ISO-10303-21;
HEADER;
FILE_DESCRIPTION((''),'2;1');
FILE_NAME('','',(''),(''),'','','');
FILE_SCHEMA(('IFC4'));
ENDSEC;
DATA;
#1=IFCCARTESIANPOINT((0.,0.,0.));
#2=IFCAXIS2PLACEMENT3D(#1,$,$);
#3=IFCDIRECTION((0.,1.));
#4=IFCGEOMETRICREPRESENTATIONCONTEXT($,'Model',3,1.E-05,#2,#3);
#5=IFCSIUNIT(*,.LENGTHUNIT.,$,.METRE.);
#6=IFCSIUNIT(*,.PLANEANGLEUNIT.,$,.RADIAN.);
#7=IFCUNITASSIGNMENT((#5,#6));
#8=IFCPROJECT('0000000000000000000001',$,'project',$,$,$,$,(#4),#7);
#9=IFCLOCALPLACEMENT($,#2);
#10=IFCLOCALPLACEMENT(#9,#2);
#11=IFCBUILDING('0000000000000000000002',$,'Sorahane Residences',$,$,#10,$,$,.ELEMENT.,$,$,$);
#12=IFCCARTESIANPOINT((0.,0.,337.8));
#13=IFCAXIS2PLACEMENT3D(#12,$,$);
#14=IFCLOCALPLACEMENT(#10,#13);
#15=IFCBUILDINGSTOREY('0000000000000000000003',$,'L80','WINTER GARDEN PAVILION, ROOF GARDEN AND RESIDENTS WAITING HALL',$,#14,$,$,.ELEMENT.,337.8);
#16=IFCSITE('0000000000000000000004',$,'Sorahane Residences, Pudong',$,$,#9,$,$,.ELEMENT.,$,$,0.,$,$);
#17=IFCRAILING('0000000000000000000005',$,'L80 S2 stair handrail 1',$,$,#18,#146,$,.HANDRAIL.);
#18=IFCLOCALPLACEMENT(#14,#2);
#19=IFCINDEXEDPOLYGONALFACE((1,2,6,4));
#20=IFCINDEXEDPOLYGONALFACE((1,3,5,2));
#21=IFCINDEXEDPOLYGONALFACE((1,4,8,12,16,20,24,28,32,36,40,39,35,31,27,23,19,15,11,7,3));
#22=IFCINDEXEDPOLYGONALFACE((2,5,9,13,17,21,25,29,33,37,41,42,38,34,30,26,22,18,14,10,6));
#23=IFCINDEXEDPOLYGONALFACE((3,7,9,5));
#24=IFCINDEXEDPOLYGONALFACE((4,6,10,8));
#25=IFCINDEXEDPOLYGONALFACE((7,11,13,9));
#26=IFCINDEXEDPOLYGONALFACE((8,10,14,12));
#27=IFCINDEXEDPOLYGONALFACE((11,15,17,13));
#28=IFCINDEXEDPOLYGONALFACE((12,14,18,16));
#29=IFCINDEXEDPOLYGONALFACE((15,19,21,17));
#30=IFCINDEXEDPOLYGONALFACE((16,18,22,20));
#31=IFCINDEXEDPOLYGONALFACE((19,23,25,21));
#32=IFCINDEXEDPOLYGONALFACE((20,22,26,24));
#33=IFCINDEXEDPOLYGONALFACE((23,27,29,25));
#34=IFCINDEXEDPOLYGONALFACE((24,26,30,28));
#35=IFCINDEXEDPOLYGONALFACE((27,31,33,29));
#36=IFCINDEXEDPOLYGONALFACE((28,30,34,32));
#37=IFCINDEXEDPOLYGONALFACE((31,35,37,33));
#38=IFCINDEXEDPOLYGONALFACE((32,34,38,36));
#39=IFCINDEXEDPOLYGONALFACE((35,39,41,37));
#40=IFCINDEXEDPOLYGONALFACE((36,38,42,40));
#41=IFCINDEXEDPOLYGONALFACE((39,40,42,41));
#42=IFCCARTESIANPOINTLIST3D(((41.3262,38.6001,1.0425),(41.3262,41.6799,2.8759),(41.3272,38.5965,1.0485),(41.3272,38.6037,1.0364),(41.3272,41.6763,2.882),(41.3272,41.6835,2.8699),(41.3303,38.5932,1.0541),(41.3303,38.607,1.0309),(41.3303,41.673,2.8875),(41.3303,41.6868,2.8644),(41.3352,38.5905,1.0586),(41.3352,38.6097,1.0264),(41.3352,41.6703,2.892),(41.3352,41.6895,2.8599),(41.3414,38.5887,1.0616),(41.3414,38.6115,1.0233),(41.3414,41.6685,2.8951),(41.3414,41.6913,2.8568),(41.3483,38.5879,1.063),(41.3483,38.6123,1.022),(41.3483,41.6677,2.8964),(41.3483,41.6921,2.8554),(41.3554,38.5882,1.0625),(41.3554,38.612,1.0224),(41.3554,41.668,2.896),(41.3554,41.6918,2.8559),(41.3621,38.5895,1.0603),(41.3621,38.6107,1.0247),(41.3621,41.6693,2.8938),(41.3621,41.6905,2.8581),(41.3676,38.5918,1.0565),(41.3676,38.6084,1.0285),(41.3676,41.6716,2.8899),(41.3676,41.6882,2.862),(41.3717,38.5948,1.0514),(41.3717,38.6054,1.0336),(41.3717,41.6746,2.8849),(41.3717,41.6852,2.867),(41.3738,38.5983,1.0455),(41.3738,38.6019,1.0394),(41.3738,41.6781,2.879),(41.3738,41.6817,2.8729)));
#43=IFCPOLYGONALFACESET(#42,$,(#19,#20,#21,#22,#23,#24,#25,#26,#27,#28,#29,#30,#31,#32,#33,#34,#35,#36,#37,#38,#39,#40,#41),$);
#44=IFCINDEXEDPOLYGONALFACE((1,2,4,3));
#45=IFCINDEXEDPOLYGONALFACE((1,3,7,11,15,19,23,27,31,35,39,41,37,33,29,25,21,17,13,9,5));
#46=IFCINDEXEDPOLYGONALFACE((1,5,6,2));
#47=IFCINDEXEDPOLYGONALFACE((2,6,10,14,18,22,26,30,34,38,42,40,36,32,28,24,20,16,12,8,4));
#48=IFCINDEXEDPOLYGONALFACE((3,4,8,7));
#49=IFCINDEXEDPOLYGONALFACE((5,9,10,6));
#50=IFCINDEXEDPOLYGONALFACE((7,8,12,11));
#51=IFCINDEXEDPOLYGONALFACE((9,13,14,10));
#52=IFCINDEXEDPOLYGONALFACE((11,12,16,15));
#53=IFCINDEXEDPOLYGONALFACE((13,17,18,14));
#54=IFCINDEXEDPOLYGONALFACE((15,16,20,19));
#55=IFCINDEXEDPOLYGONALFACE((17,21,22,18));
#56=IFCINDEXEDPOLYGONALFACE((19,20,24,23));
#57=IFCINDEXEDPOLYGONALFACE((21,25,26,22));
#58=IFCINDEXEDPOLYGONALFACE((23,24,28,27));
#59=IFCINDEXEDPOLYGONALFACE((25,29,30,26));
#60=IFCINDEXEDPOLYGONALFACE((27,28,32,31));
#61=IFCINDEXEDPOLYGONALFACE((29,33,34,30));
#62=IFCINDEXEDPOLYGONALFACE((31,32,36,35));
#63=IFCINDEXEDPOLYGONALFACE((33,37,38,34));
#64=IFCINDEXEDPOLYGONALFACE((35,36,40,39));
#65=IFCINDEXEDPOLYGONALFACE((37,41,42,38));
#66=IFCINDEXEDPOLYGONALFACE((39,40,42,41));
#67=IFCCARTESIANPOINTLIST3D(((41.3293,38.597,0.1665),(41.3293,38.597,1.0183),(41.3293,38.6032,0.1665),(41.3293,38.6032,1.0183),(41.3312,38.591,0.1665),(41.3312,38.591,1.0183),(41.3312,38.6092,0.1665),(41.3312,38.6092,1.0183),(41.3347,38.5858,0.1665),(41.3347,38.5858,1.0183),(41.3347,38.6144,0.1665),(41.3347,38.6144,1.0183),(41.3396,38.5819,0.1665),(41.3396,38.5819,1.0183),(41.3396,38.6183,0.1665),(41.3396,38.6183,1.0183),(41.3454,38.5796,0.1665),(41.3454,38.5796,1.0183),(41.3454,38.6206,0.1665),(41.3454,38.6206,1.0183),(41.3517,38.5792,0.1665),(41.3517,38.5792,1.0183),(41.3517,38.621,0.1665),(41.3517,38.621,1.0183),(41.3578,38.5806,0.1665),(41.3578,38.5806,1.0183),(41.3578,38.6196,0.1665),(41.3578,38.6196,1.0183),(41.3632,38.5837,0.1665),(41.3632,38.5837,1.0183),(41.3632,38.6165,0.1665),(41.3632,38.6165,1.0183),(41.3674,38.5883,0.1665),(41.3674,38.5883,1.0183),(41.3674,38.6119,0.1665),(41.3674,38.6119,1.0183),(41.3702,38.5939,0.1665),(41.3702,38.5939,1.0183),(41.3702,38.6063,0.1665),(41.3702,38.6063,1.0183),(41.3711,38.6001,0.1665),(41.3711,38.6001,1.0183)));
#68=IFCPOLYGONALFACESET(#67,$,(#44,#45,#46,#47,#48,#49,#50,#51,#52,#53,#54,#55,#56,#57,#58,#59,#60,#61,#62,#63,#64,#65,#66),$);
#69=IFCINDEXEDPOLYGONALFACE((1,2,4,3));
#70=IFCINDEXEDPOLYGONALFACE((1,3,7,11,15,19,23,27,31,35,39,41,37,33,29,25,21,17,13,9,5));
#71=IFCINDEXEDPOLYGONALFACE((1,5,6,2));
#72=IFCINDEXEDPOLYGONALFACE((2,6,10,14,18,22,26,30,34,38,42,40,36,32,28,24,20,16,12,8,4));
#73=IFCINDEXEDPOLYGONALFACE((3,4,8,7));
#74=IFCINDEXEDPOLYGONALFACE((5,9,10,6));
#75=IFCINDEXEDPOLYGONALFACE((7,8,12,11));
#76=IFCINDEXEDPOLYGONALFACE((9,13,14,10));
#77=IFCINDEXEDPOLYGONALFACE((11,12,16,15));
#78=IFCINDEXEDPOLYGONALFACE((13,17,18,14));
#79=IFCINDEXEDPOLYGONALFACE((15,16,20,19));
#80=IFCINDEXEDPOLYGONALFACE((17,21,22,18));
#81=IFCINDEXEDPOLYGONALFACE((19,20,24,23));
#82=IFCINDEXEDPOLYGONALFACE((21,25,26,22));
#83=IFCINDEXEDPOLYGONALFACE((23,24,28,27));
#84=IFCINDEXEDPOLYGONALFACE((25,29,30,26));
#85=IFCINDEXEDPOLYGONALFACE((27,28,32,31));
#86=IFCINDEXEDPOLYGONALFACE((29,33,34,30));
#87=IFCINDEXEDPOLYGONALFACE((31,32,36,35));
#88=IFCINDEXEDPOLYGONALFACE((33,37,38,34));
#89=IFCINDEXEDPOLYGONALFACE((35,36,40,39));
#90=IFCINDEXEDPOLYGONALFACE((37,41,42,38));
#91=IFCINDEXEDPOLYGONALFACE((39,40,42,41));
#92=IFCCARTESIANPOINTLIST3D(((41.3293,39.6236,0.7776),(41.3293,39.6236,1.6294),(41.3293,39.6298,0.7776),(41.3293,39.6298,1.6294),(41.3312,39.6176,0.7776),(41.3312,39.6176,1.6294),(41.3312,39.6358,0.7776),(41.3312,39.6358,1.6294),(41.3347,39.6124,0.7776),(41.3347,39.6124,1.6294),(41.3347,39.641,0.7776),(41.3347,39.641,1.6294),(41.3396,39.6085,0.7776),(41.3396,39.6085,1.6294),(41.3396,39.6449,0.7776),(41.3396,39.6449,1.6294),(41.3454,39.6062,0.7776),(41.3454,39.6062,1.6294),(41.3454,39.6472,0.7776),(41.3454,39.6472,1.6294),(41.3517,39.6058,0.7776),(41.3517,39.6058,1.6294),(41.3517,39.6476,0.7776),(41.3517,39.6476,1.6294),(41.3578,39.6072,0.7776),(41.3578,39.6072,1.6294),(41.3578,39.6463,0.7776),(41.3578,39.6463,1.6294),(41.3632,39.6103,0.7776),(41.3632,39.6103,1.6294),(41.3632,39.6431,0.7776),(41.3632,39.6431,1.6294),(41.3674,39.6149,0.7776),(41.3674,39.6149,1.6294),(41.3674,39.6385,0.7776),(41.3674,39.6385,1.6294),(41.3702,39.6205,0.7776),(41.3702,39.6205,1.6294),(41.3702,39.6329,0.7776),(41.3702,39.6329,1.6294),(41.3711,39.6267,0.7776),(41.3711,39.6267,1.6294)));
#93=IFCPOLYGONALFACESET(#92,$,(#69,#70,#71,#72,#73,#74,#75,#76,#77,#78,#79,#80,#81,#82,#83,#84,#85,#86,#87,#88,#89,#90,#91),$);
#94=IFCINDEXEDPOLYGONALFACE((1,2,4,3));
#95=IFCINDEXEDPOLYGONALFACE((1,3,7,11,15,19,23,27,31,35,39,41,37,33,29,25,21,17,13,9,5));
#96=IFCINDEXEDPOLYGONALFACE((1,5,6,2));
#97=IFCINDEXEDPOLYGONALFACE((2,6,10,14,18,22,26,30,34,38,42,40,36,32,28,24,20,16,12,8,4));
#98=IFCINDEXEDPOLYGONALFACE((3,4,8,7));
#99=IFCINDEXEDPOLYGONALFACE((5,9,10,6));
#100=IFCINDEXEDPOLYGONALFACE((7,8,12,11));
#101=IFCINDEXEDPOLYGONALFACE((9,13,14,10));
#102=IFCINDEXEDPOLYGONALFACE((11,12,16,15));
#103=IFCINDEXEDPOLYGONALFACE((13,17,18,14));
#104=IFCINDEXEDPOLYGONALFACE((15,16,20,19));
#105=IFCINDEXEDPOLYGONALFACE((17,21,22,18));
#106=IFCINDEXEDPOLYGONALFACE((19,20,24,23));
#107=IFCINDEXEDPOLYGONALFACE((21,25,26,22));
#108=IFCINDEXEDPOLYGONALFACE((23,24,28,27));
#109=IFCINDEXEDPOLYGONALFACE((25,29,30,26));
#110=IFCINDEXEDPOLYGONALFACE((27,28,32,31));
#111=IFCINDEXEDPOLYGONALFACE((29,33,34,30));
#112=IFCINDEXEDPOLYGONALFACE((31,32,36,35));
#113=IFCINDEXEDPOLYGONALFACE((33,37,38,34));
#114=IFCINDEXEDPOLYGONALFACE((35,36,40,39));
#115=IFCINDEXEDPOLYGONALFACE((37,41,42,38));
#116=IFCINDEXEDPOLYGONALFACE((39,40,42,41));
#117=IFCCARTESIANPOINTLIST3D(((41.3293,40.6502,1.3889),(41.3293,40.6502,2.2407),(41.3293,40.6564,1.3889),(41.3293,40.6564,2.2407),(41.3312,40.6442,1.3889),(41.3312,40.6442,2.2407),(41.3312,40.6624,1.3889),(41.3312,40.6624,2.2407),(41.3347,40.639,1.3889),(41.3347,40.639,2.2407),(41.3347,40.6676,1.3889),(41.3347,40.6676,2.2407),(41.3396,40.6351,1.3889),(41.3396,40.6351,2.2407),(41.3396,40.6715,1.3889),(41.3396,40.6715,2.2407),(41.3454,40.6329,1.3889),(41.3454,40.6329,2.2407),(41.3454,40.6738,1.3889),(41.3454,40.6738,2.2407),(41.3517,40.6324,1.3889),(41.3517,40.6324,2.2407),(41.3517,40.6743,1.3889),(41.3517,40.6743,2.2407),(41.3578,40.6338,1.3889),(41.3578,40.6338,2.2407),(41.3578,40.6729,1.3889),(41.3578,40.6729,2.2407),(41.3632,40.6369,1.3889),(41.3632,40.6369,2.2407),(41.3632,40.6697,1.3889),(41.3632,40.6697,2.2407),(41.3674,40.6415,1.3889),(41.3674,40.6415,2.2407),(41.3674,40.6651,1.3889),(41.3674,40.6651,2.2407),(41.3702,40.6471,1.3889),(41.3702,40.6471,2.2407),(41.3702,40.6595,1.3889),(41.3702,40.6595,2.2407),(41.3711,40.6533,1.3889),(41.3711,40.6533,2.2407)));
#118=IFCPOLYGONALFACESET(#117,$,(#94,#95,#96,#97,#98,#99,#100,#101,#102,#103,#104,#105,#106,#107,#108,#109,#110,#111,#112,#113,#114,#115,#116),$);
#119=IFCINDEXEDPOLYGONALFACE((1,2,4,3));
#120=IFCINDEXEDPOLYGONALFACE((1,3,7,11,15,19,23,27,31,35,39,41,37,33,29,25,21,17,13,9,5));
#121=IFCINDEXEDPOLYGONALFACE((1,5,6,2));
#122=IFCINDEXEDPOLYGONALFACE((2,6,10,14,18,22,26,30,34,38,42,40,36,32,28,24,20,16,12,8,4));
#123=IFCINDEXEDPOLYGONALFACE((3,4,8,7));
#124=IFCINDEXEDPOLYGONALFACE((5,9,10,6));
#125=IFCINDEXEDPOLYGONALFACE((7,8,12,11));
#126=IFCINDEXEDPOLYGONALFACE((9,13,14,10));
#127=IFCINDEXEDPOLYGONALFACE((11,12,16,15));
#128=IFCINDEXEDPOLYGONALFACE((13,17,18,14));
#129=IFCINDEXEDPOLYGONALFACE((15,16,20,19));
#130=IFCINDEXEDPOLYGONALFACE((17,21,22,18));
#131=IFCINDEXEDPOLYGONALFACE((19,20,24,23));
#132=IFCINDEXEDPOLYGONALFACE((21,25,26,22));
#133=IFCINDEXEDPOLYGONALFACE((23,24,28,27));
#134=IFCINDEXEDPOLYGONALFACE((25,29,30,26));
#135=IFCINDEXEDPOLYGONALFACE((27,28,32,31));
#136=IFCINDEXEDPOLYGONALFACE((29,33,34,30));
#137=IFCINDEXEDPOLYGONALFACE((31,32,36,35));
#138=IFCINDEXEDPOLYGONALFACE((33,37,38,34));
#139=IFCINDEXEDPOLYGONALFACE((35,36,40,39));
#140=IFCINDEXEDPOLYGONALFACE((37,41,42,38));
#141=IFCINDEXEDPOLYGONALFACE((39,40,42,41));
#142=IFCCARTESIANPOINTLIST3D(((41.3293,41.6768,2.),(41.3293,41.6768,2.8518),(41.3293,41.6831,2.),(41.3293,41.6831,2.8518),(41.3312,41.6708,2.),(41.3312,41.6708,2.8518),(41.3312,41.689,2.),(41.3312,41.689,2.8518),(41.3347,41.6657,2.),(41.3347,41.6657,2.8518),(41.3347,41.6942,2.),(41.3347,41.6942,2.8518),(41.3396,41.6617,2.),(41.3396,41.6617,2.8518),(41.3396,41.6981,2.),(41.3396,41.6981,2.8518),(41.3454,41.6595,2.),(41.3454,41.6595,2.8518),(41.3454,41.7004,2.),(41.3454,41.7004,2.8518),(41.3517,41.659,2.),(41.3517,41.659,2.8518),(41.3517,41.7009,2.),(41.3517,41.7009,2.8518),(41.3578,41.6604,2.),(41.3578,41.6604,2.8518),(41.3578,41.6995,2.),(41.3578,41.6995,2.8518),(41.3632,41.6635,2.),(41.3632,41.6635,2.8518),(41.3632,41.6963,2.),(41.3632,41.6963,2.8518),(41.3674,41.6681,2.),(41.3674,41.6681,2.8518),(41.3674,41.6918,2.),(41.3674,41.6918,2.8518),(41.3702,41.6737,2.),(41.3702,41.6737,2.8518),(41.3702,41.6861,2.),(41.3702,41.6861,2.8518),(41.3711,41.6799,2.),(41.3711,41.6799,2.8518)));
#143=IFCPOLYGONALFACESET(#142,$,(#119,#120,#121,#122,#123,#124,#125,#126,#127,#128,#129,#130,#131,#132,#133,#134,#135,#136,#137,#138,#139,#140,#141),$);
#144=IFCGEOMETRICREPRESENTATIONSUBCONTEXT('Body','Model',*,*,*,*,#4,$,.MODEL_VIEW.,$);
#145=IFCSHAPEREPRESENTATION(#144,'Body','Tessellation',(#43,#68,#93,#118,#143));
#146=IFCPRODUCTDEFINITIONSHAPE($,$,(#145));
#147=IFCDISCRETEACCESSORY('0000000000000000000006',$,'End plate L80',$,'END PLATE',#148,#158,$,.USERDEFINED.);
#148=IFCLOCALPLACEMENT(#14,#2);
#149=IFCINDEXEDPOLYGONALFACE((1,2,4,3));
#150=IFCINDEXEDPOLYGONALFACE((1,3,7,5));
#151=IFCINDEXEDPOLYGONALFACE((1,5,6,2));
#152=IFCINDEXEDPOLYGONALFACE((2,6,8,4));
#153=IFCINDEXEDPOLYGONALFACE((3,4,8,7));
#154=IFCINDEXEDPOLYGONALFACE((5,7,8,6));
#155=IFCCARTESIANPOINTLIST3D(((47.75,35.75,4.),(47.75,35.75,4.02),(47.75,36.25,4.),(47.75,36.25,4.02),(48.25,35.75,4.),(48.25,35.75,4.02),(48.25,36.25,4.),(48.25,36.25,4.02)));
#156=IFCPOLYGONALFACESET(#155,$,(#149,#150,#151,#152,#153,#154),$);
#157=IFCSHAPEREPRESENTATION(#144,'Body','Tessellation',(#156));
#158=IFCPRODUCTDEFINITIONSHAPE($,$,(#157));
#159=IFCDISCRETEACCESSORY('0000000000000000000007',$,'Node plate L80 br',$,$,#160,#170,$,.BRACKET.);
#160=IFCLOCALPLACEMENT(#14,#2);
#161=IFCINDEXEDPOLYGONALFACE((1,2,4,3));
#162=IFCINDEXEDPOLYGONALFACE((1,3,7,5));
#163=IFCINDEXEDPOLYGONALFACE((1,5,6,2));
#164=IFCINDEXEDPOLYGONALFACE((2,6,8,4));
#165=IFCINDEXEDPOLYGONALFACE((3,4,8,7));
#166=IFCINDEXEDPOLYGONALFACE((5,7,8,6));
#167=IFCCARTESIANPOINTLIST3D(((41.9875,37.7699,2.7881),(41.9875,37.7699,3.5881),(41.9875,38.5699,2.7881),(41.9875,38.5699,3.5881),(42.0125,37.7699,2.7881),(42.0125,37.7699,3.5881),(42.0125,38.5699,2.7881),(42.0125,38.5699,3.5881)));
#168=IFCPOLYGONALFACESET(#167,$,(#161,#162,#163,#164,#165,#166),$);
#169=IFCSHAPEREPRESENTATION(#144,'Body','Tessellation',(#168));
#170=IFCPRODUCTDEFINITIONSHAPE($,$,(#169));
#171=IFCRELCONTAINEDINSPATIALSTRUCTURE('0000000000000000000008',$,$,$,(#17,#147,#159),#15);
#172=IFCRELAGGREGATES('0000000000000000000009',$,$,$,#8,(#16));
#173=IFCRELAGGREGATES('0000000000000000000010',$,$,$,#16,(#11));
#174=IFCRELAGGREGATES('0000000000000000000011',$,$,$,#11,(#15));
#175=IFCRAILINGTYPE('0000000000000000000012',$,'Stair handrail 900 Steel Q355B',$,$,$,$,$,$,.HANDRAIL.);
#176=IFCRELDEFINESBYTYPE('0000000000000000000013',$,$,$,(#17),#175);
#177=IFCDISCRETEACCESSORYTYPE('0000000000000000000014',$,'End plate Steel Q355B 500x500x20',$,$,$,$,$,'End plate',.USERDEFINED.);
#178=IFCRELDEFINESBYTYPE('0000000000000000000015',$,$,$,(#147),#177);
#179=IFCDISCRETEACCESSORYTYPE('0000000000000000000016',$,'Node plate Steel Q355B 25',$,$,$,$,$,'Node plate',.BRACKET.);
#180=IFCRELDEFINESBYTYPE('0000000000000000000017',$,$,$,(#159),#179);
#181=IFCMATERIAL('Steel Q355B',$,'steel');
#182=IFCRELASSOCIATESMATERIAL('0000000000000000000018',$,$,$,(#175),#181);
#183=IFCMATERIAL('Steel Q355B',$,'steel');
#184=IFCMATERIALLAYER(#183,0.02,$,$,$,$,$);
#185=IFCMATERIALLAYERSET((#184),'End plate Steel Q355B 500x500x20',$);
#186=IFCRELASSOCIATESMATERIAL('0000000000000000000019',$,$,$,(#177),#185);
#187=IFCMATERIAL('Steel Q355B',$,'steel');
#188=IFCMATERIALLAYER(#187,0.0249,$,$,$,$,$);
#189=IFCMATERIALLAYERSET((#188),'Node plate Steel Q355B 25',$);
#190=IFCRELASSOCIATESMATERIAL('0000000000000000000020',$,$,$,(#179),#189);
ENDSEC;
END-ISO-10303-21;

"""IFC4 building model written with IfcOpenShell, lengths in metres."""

from ifc_helpers import new_model, si_unit, direction, frame, origin, origin_2d, place, context, subcontext, project, spatial, rectangle, circle, extrude, material, layer, layer_set, type_object, element, save


model = new_model("IFC4")

# Units and contexts
model_context = context("Model", 3, precision=1e-05, world=origin(), true_north=direction((0.0, 1.0)))
body_context = subcontext(model_context, "Body", "Model", "MODEL_VIEW")
ifc_project = project(units=[si_unit("LENGTHUNIT", "METRE"), si_unit("PLANEANGLEUNIT", "RADIAN")], contexts=[model_context])

# Site, building, storey
site_placement = place(None, origin())
site = spatial("IfcSite", under=ifc_project, at=site_placement, Name="Sorahane Residences, Pudong", CompositionType="ELEMENT", RefElevation=0.0)
building_placement = place(site_placement, origin())
building = spatial("IfcBuilding", under=site, at=building_placement, Name="Sorahane Residences", CompositionType="ELEMENT")
storey_placement = place(building_placement, frame((0.0, 0.0, 337.8)))
storey = spatial("IfcBuildingStorey", under=building, at=storey_placement, Name="L80", Description="WINTER GARDEN PAVILION, ROOF GARDEN AND RESIDENTS WAITING HALL", CompositionType="ELEMENT", Elevation=337.8)

# Railing
ifc_material_1 = material(Name="Steel Q355B", Category="steel")
railing_type_1 = type_object("IfcRailingType", Name="Stair handrail 900 Steel Q355B", PredefinedType="HANDRAIL", material=ifc_material_1)
railing_1_placement = place(storey_placement, frame((41.3501, 38.6001, 0.1665)))
element("IfcRailing", 1, at=railing_1_placement, inside=storey, type_object=railing_type_1, Name="L80 S2 stair handrail 1", PredefinedType="HANDRAIL", context=body_context, shape_type="SweptSolid", body=[
    extrude(circle(Radius=0.0239, at=origin_2d()), frame((0.0, 0.0, 0.876), z_axis=(0.0, 0.859261, 0.511538), x_axis=(-1.0, 0.0, 0.0)), (0.0, 0.0, 1.0), 3.5842),
    extrude(circle(Radius=0.021, at=origin_2d()), origin(), (0.0, 0.0, 1.0), 0.8518),
    extrude(circle(Radius=0.021, at=origin_2d()), frame((0.0, 1.0266, 0.6111)), (0.0, 0.0, 1.0), 0.8518),
    extrude(circle(Radius=0.021, at=origin_2d()), frame((0.0, 2.0532, 1.2224)), (0.0, 0.0, 1.0), 0.8518),
    extrude(circle(Radius=0.021, at=origin_2d()), frame((0.0, 3.0798, 1.8335)), (0.0, 0.0, 1.0), 0.8518),
])

# Discrete accessories
ifc_material_2 = material(Name="Steel Q355B", Category="steel")
ifc_layer_1 = layer(ifc_material_2, 0.02)
ifc_layer_set_1 = layer_set([ifc_layer_1], Name="End plate Steel Q355B 500x500x20")
discrete_accessory_type_1 = type_object("IfcDiscreteAccessoryType", Name="End plate Steel Q355B 500x500x20", ElementType="End plate", PredefinedType="USERDEFINED", material=ifc_layer_set_1)
discrete_accessory_1_placement = place(storey_placement, frame((48.0, 36.0, 4.0), z_axis=(0.0, 0.0, 1.0), x_axis=(1.0, 0.0, 0.0)))
element("IfcDiscreteAccessory", 2, at=discrete_accessory_1_placement, inside=storey, type_object=discrete_accessory_type_1, Name="End plate L80", ObjectType="END PLATE", PredefinedType="USERDEFINED", context=body_context, shape_type="SweptSolid", body=[
    extrude(rectangle(XDim=0.5, YDim=0.5, at=origin_2d()), origin(), (0.0, 0.0, 1.0), 0.02),
])
ifc_material_3 = material(Name="Steel Q355B", Category="steel")
ifc_layer_2 = layer(ifc_material_3, 0.0249)
ifc_layer_set_2 = layer_set([ifc_layer_2], Name="Node plate Steel Q355B 25")
discrete_accessory_type_2 = type_object("IfcDiscreteAccessoryType", Name="Node plate Steel Q355B 25", ElementType="Node plate", PredefinedType="BRACKET", material=ifc_layer_set_2)
discrete_accessory_2_placement = place(storey_placement, frame((42.0, 38.1699, 2.7881), z_axis=(0.0, 0.0, 1.0), x_axis=(0.0, 1.0, 0.0)))
element("IfcDiscreteAccessory", 3, at=discrete_accessory_2_placement, inside=storey, type_object=discrete_accessory_type_2, Name="Node plate L80 br", PredefinedType="BRACKET", context=body_context, shape_type="SweptSolid", body=[
    extrude(rectangle(XDim=0.8, YDim=0.0249, at=origin_2d()), origin(), (0.0, 0.0, 1.0), 0.8),
])

save(model, "model.ifc")
